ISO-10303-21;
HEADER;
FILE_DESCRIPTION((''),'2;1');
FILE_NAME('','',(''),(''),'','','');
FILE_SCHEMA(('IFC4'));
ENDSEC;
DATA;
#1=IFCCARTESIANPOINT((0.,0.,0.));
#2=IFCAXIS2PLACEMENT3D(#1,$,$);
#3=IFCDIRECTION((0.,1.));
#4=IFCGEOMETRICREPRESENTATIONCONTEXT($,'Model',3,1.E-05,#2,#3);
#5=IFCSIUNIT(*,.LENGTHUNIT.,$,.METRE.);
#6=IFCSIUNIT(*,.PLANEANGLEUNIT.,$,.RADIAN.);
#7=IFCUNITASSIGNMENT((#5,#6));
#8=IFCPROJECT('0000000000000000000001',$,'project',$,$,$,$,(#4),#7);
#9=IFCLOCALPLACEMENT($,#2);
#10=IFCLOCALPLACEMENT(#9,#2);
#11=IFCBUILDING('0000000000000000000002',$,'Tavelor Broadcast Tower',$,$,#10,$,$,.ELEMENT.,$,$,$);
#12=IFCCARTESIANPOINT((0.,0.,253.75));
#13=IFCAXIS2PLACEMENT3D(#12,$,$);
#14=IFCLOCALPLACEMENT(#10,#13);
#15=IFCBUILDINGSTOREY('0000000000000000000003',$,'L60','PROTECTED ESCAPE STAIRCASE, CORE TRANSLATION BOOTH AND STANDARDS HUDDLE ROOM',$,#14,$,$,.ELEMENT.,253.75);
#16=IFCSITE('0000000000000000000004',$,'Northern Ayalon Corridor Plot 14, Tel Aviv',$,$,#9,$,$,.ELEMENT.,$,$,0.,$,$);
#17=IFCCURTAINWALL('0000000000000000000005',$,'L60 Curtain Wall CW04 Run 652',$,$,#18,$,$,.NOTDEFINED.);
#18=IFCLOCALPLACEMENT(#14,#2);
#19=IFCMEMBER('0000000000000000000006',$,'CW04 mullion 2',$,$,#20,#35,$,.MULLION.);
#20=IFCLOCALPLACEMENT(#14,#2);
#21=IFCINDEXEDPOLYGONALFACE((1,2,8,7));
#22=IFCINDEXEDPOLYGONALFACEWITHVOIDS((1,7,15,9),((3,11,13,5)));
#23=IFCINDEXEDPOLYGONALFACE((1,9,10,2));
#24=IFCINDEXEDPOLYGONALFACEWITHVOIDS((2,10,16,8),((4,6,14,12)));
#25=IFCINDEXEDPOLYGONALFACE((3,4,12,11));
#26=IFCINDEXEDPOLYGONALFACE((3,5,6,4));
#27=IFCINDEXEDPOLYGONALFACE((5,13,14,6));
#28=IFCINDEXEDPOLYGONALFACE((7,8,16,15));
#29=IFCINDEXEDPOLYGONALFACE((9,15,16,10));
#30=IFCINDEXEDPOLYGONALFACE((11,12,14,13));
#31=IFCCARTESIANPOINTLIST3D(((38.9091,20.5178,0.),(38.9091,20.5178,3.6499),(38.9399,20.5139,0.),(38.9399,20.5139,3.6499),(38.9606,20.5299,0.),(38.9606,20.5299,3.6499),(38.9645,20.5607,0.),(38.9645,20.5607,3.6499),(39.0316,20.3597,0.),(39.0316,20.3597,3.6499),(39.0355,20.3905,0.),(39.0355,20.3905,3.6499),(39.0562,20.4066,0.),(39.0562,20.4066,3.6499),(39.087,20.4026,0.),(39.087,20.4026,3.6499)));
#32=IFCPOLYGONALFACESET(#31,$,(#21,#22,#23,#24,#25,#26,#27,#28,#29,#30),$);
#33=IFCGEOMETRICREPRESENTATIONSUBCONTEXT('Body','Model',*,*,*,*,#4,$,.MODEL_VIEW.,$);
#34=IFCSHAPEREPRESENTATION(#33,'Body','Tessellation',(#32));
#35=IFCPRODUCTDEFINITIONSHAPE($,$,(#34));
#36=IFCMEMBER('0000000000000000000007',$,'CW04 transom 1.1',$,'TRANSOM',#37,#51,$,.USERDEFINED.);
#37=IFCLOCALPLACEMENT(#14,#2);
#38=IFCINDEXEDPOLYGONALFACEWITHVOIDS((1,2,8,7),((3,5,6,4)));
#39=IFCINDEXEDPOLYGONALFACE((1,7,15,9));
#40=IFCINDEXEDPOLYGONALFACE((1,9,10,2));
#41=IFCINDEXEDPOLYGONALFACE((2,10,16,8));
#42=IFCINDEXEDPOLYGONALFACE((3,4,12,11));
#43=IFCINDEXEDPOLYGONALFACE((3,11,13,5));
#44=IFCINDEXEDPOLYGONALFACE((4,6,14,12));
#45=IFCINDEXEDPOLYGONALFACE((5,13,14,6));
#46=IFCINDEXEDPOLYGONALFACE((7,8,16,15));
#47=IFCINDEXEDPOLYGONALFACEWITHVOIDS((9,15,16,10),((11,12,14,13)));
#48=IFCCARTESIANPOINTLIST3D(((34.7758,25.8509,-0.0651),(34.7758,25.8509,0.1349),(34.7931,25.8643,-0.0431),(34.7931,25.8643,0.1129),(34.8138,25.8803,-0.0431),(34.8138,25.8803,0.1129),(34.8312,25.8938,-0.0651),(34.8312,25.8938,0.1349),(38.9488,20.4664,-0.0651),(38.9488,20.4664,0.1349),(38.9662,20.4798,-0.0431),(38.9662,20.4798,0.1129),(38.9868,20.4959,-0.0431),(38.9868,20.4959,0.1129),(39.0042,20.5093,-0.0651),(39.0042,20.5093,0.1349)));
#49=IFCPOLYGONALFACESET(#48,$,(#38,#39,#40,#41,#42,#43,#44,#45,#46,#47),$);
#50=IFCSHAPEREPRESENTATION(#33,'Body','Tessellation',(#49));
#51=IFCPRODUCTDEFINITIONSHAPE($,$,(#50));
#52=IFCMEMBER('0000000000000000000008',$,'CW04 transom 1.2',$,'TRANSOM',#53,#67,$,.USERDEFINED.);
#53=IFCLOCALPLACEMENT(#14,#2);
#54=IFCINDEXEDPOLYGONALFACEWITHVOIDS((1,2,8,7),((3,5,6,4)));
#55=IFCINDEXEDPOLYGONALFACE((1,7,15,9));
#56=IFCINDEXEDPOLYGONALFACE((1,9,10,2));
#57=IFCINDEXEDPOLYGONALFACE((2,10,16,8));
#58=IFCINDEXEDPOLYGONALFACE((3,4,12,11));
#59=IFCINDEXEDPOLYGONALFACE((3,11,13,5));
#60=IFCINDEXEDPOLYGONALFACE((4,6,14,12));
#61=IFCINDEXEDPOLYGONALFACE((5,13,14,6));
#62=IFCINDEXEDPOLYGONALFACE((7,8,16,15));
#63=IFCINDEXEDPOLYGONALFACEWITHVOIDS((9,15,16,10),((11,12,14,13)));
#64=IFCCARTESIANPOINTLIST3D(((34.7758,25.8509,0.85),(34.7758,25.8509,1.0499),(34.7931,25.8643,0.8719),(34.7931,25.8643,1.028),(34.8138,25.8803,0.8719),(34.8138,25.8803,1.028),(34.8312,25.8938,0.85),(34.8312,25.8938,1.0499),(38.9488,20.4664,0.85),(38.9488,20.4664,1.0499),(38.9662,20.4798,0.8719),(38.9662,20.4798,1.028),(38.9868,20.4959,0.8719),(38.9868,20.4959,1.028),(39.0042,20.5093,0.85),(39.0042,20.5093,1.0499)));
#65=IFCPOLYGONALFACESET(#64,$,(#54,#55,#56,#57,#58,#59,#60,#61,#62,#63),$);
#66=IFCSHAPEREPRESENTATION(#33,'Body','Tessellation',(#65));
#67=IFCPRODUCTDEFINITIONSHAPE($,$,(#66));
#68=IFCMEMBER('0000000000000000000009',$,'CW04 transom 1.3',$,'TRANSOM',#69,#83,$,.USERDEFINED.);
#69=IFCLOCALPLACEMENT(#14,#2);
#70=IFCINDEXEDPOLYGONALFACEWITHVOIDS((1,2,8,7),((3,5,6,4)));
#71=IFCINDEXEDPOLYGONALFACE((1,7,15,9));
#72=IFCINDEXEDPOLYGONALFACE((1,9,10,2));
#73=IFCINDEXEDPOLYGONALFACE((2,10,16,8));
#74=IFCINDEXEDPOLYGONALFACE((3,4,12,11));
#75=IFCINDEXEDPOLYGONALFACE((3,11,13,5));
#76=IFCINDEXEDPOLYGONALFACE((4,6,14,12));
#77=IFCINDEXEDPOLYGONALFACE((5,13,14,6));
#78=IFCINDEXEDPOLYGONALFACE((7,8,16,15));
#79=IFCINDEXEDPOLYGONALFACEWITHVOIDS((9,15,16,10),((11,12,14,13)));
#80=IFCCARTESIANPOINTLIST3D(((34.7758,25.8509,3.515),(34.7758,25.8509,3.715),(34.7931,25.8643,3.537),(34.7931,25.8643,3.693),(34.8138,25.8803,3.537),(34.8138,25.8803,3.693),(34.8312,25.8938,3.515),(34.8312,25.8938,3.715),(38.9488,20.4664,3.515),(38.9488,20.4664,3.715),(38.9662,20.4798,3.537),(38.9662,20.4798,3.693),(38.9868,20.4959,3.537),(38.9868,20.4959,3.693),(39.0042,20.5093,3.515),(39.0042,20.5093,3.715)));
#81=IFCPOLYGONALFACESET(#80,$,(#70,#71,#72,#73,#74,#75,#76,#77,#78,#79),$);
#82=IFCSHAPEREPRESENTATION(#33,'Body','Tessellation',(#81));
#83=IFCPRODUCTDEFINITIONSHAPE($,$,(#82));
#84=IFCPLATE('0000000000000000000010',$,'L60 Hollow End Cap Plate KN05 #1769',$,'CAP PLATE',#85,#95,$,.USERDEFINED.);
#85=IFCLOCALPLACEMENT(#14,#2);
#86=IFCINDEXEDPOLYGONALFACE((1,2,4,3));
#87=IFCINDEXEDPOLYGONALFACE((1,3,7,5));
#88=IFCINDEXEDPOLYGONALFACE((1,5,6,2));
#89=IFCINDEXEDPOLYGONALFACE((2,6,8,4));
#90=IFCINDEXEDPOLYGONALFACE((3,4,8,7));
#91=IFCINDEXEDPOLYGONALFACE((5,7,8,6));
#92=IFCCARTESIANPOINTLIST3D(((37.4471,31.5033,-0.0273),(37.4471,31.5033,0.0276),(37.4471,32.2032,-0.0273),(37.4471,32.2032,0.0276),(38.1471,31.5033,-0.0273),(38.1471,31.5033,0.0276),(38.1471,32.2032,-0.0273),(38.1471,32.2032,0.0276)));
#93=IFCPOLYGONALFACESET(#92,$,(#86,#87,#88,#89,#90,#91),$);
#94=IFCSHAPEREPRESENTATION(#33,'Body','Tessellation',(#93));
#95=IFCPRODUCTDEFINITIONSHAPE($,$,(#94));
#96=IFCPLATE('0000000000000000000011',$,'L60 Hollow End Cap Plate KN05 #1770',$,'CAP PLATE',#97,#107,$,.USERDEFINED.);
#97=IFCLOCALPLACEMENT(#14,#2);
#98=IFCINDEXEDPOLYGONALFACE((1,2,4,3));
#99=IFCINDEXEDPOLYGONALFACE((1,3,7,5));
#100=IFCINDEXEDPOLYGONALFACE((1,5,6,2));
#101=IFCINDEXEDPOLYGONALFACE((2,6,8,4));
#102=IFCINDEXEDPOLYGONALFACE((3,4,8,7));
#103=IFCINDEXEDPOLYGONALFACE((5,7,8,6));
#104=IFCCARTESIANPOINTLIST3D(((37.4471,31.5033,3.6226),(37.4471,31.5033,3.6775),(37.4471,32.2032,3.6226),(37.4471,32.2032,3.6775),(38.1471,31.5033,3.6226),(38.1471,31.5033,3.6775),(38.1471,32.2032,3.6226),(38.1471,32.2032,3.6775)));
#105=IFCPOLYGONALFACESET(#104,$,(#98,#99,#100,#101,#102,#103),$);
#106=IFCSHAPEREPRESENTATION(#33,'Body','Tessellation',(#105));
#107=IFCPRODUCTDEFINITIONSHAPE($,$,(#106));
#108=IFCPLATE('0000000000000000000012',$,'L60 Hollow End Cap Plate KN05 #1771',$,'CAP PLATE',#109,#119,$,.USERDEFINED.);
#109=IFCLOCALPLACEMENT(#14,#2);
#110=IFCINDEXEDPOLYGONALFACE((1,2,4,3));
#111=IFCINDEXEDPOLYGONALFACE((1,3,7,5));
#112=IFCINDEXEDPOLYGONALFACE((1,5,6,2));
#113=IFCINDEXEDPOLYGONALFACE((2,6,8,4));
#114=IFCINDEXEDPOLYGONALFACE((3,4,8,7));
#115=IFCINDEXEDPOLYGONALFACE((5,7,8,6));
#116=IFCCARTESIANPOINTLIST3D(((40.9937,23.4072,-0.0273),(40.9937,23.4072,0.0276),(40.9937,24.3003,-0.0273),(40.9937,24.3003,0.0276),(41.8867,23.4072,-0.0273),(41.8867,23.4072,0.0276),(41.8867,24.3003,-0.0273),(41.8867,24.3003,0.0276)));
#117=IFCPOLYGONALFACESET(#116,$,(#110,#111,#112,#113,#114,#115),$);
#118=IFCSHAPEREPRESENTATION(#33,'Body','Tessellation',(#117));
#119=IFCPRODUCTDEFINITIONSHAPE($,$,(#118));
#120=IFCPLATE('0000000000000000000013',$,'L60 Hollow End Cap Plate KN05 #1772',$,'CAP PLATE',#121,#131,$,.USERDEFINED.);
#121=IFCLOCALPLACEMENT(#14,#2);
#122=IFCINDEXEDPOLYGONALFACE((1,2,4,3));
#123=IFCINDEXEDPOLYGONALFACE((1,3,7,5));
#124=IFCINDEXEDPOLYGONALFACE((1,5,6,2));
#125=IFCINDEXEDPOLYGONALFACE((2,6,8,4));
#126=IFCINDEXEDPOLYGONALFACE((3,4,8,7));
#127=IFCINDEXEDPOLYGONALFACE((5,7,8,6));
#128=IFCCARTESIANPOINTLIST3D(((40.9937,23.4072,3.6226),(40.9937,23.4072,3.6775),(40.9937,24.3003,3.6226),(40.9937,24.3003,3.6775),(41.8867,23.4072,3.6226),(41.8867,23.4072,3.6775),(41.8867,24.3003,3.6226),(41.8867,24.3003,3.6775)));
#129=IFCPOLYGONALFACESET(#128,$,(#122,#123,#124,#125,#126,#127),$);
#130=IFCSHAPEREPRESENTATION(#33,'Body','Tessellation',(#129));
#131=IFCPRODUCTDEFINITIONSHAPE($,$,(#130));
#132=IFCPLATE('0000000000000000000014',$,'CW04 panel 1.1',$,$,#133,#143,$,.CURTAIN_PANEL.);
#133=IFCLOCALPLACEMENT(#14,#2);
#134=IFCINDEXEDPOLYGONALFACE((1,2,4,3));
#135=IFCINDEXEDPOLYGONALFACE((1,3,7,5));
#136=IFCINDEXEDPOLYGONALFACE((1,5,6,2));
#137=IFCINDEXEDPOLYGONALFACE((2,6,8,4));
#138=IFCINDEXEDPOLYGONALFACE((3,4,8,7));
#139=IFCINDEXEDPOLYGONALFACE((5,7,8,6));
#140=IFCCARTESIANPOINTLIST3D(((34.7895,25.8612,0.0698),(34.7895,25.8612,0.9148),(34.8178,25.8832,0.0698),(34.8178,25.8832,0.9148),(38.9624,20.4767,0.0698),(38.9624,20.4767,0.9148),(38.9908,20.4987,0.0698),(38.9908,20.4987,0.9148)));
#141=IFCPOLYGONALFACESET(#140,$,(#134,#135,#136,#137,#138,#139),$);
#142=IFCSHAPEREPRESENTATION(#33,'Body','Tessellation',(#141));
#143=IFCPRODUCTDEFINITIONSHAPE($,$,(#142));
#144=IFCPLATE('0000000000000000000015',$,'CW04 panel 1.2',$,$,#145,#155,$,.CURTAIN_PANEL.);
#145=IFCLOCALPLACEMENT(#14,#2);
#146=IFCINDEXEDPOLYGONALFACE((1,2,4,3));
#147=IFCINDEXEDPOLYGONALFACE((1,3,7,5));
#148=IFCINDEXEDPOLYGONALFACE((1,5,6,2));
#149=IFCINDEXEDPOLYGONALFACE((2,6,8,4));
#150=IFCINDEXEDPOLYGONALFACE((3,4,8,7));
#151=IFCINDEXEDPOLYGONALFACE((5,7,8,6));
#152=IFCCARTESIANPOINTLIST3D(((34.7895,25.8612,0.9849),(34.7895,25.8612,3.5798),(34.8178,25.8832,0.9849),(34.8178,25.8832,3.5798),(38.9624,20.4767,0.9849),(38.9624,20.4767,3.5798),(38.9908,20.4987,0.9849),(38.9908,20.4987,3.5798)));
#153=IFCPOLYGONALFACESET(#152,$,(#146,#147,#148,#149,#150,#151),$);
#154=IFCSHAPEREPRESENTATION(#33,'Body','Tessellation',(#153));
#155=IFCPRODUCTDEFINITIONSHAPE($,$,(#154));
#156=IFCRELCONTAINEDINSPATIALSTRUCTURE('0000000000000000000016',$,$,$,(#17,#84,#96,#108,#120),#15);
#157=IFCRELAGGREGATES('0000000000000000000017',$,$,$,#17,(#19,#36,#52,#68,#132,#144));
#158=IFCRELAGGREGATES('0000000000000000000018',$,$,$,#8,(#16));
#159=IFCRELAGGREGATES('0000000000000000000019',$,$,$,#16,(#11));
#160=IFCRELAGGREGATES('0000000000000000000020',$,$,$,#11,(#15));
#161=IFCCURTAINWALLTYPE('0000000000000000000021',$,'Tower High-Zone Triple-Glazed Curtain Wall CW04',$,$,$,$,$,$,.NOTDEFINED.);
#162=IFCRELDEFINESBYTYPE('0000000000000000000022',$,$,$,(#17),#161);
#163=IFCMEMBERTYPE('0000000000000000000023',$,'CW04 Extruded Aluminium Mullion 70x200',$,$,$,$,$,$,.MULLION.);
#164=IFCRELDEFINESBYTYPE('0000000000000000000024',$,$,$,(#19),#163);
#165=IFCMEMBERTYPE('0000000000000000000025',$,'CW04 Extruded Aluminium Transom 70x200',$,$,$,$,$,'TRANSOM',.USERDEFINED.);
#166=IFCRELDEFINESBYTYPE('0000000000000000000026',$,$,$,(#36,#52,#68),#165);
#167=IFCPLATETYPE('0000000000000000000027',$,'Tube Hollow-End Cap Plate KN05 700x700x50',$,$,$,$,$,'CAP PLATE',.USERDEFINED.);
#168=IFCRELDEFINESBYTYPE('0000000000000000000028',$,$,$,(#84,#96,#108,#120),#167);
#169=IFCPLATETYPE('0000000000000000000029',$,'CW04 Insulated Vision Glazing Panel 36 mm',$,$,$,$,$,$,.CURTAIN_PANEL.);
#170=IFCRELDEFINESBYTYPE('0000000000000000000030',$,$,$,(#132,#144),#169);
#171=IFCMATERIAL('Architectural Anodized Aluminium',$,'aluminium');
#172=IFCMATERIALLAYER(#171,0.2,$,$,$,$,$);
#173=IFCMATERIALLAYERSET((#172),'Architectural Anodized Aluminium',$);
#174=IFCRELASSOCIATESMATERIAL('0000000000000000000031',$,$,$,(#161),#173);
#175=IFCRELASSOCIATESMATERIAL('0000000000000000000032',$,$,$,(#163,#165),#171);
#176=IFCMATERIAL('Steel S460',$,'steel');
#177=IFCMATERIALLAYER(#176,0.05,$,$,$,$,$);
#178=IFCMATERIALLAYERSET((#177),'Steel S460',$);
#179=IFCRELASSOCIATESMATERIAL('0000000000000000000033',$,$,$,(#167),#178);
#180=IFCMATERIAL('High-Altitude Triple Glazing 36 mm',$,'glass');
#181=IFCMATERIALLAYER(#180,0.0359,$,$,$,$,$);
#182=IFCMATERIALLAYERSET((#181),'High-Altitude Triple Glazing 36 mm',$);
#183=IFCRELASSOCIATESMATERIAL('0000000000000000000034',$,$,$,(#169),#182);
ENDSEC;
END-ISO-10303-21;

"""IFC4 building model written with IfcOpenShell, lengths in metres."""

from ifc_helpers import new_model, si_unit, direction, frame, origin, origin_2d, place, context, subcontext, project, spatial, rectangle, hollow_rectangle, extrude, source, transform, mapped, material, layer, layer_set, material_profile, profile_set, type_object, type_shapes, element, aggregate, save


model = new_model("IFC4")

# Units and contexts
model_context = context("Model", 3, precision=1e-05, world=origin(), true_north=direction((0.0, 1.0)))
body_context = subcontext(model_context, "Body", "Model", "MODEL_VIEW")
ifc_project = project(units=[si_unit("LENGTHUNIT", "METRE"), si_unit("PLANEANGLEUNIT", "RADIAN")], contexts=[model_context])

# Site, building, storey
site_placement = place(None, origin())
site = spatial("IfcSite", under=ifc_project, at=site_placement, Name="Northern Ayalon Corridor Plot 14, Tel Aviv", CompositionType="ELEMENT", RefElevation=0.0)
building_placement = place(site_placement, origin())
building = spatial("IfcBuilding", under=site, at=building_placement, Name="Tavelor Broadcast Tower", CompositionType="ELEMENT")
storey_placement = place(building_placement, frame((0.0, 0.0, 253.75)))
storey = spatial("IfcBuildingStorey", under=building, at=storey_placement, Name="L60", Description="PROTECTED ESCAPE STAIRCASE, CORE TRANSLATION BOOTH AND STANDARDS HUDDLE ROOM", CompositionType="ELEMENT", Elevation=253.75)

# Shared definitions
ifc_material_1 = material(Name="Steel S460", Category="steel")

# Curtain wall, members
ifc_material_2 = material(Name="Architectural Anodized Aluminium", Category="aluminium")
ifc_layer_1 = layer(ifc_material_2, 0.2)
ifc_layer_set_1 = layer_set([ifc_layer_1], Name="Architectural Anodized Aluminium")
curtain_wall_type = type_object("IfcCurtainWallType", Name="Tower High-Zone Triple-Glazed Curtain Wall CW04", PredefinedType="NOTDEFINED", material=ifc_layer_set_1)
curtain_wall_placement = place(storey_placement, origin())
curtain_wall = element("IfcCurtainWall", 1, at=curtain_wall_placement, inside=storey, type_object=curtain_wall_type, Name="L60 Curtain Wall CW04 Run 652", PredefinedType="NOTDEFINED")
ifc_material_profile_1 = material_profile(ifc_material_2, hollow_rectangle(XDim=0.0701, YDim=0.2, WallThickness=0.022, at=origin_2d()), Name="RHS 70x200x22")
ifc_profile_set_1 = profile_set([ifc_material_profile_1], Name="Architectural Anodized Aluminium")
member_type_1 = type_object("IfcMemberType", Name="CW04 Extruded Aluminium Mullion 70x200", PredefinedType="MULLION", material=ifc_profile_set_1)
shared_shape_1 = source(origin(), body_context, "Body", "SweptSolid", [
    extrude(hollow_rectangle(XDim=0.0701, YDim=0.2, WallThickness=0.022, at=origin_2d()), origin(), (0.0, 0.0, 1.0), 3.6499),
])
type_shapes(member_type_1, [shared_shape_1])
member_1_placement = place(storey_placement, frame((38.998, 20.4602, 0.0), z_axis=(0.0, 0.0, 1.0), x_axis=(0.790415, 0.612571, 0.0)))
member_1 = element("IfcMember", 2, at=member_1_placement, type_object=member_type_1, Name="CW04 mullion 2", PredefinedType="MULLION", context=body_context, shape_type="MappedRepresentation", body=[
    mapped(shared_shape_1, transform((0.0, 0.0, 0.0), scale=1.0)),
])
ifc_material_profile_2 = material_profile(ifc_material_2, hollow_rectangle(XDim=0.0701, YDim=0.2, WallThickness=0.022, at=origin_2d()), Name="RHS 70x200x22")
ifc_profile_set_2 = profile_set([ifc_material_profile_2], Name="Architectural Anodized Aluminium")
member_type_2 = type_object("IfcMemberType", Name="CW04 Extruded Aluminium Transom 70x200", ElementType="TRANSOM", PredefinedType="USERDEFINED", material=ifc_profile_set_2)
shared_shape_2 = source(origin(), body_context, "Body", "SweptSolid", [
    extrude(hollow_rectangle(XDim=0.0701, YDim=0.2, WallThickness=0.022, at=origin_2d()), origin(), (0.0, 0.0, 1.0), 6.8123),
])
type_shapes(member_type_2, [shared_shape_2])
member_2_placement = place(storey_placement, frame((34.8035, 25.8723, 0.0349), z_axis=(0.61258, -0.790409, 0.0), x_axis=(0.790409, 0.61258, 0.0)))
member_2 = element("IfcMember", 3, at=member_2_placement, type_object=member_type_2, Name="CW04 transom 1.1", ObjectType="TRANSOM", PredefinedType="USERDEFINED", context=body_context, shape_type="MappedRepresentation", body=[
    mapped(shared_shape_2, transform((0.0, 0.0, 0.0), scale=1.0)),
])
member_3_placement = place(storey_placement, frame((34.8035, 25.8723, 0.95), z_axis=(0.61258, -0.790409, 0.0), x_axis=(0.790409, 0.61258, 0.0)))
member_3 = element("IfcMember", 4, at=member_3_placement, type_object=member_type_2, Name="CW04 transom 1.2", ObjectType="TRANSOM", PredefinedType="USERDEFINED", context=body_context, shape_type="MappedRepresentation", body=[
    mapped(shared_shape_2, transform((0.0, 0.0, 0.0), scale=1.0)),
])
member_4_placement = place(storey_placement, frame((34.8035, 25.8723, 3.615), z_axis=(0.61258, -0.790409, 0.0), x_axis=(0.790409, 0.61258, 0.0)))
member_4 = element("IfcMember", 5, at=member_4_placement, type_object=member_type_2, Name="CW04 transom 1.3", ObjectType="TRANSOM", PredefinedType="USERDEFINED", context=body_context, shape_type="MappedRepresentation", body=[
    mapped(shared_shape_2, transform((0.0, 0.0, 0.0), scale=1.0)),
])

# Plates
ifc_layer_2 = layer(ifc_material_1, 0.05)
ifc_layer_set_2 = layer_set([ifc_layer_2], Name="Steel S460")
plate_type_1 = type_object("IfcPlateType", Name="Tube Hollow-End Cap Plate KN05 700x700x50", ElementType="CAP PLATE", PredefinedType="USERDEFINED", material=ifc_layer_set_2)
shared_shape_3 = source(origin(), body_context, "Body", "SweptSolid", [
    extrude(rectangle(XDim=0.7, YDim=0.7, at=origin_2d()), origin(), (0.0, 0.0, 1.0), 0.0549),
])
for number, where, z_axis, x_axis, name in (
    (6, (37.7971, 31.8533, -0.0273), (0.0, 0.0, 1.0), (1.0, 0.0, 0.0), "L60 Hollow End Cap Plate KN05 #1769"),
    (7, (37.7971, 31.8533, 3.6226), (0.0, 0.0, 1.0), (1.0, 0.0, 0.0), "L60 Hollow End Cap Plate KN05 #1770"),
):
    element("IfcPlate", number, at=place(storey_placement, frame(where, z_axis=z_axis, x_axis=x_axis)), inside=storey, type_object=plate_type_1, Name=name, ObjectType="CAP PLATE", PredefinedType="USERDEFINED", context=body_context, shape_type="MappedRepresentation", body=[
        mapped(shared_shape_3, transform((0.0, 0.0, 0.0), scale=1.0)),
    ])
shared_shape_4 = source(origin(), body_context, "Body", "SweptSolid", [
    extrude(rectangle(XDim=0.8931, YDim=0.8931, at=origin_2d()), origin(), (0.0, 0.0, 1.0), 0.0549),
])
type_shapes(plate_type_1, [shared_shape_3, shared_shape_4])
for number, where, z_axis, x_axis, name in (
    (8, (41.4402, 23.8538, -0.0273), (0.0, 0.0, 1.0), (1.0, 0.0, 0.0), "L60 Hollow End Cap Plate KN05 #1771"),
    (9, (41.4402, 23.8538, 3.6226), (0.0, 0.0, 1.0), (1.0, 0.0, 0.0), "L60 Hollow End Cap Plate KN05 #1772"),
):
    element("IfcPlate", number, at=place(storey_placement, frame(where, z_axis=z_axis, x_axis=x_axis)), inside=storey, type_object=plate_type_1, Name=name, ObjectType="CAP PLATE", PredefinedType="USERDEFINED", context=body_context, shape_type="MappedRepresentation", body=[
        mapped(shared_shape_4, transform((0.0, 0.0, 0.0), scale=1.0)),
    ])

# Plates
ifc_material_3 = material(Name="High-Altitude Triple Glazing 36 mm", Category="glass")
ifc_layer_3 = layer(ifc_material_3, 0.0359)
ifc_layer_set_3 = layer_set([ifc_layer_3], Name="High-Altitude Triple Glazing 36 mm")
plate_type_2 = type_object("IfcPlateType", Name="CW04 Insulated Vision Glazing Panel 36 mm", PredefinedType="CURTAIN_PANEL", material=ifc_layer_set_3)
shared_shape_5 = source(origin(), body_context, "Body", "SweptSolid", [
    extrude(rectangle(XDim=6.8123, YDim=0.0359, at=origin_2d()), origin(), (0.0, 0.0, 1.0), 0.845),
])
plate_1_placement = place(storey_placement, frame((36.8901, 23.1799, 0.0698), z_axis=(0.0, 0.0, 1.0), x_axis=(0.612571, -0.790415, 0.0)))
plate_1 = element("IfcPlate", 10, at=plate_1_placement, type_object=plate_type_2, Name="CW04 panel 1.1", PredefinedType="CURTAIN_PANEL", context=body_context, shape_type="MappedRepresentation", body=[
    mapped(shared_shape_5, transform((0.0, 0.0, 0.0), scale=1.0)),
])
shared_shape_6 = source(origin(), body_context, "Body", "SweptSolid", [
    extrude(rectangle(XDim=6.8123, YDim=0.0359, at=origin_2d()), origin(), (0.0, 0.0, 1.0), 2.595),
])
type_shapes(plate_type_2, [shared_shape_5, shared_shape_6])
plate_2_placement = place(storey_placement, frame((36.8901, 23.1799, 0.9849), z_axis=(0.0, 0.0, 1.0), x_axis=(0.612571, -0.790415, 0.0)))
plate_2 = element("IfcPlate", 11, at=plate_2_placement, type_object=plate_type_2, Name="CW04 panel 1.2", PredefinedType="CURTAIN_PANEL", context=body_context, shape_type="MappedRepresentation", body=[
    mapped(shared_shape_6, transform((0.0, 0.0, 0.0), scale=1.0)),
])
aggregate(curtain_wall, [member_1, member_2, member_3, member_4, plate_1, plate_2])

save(model, "model.ifc")
